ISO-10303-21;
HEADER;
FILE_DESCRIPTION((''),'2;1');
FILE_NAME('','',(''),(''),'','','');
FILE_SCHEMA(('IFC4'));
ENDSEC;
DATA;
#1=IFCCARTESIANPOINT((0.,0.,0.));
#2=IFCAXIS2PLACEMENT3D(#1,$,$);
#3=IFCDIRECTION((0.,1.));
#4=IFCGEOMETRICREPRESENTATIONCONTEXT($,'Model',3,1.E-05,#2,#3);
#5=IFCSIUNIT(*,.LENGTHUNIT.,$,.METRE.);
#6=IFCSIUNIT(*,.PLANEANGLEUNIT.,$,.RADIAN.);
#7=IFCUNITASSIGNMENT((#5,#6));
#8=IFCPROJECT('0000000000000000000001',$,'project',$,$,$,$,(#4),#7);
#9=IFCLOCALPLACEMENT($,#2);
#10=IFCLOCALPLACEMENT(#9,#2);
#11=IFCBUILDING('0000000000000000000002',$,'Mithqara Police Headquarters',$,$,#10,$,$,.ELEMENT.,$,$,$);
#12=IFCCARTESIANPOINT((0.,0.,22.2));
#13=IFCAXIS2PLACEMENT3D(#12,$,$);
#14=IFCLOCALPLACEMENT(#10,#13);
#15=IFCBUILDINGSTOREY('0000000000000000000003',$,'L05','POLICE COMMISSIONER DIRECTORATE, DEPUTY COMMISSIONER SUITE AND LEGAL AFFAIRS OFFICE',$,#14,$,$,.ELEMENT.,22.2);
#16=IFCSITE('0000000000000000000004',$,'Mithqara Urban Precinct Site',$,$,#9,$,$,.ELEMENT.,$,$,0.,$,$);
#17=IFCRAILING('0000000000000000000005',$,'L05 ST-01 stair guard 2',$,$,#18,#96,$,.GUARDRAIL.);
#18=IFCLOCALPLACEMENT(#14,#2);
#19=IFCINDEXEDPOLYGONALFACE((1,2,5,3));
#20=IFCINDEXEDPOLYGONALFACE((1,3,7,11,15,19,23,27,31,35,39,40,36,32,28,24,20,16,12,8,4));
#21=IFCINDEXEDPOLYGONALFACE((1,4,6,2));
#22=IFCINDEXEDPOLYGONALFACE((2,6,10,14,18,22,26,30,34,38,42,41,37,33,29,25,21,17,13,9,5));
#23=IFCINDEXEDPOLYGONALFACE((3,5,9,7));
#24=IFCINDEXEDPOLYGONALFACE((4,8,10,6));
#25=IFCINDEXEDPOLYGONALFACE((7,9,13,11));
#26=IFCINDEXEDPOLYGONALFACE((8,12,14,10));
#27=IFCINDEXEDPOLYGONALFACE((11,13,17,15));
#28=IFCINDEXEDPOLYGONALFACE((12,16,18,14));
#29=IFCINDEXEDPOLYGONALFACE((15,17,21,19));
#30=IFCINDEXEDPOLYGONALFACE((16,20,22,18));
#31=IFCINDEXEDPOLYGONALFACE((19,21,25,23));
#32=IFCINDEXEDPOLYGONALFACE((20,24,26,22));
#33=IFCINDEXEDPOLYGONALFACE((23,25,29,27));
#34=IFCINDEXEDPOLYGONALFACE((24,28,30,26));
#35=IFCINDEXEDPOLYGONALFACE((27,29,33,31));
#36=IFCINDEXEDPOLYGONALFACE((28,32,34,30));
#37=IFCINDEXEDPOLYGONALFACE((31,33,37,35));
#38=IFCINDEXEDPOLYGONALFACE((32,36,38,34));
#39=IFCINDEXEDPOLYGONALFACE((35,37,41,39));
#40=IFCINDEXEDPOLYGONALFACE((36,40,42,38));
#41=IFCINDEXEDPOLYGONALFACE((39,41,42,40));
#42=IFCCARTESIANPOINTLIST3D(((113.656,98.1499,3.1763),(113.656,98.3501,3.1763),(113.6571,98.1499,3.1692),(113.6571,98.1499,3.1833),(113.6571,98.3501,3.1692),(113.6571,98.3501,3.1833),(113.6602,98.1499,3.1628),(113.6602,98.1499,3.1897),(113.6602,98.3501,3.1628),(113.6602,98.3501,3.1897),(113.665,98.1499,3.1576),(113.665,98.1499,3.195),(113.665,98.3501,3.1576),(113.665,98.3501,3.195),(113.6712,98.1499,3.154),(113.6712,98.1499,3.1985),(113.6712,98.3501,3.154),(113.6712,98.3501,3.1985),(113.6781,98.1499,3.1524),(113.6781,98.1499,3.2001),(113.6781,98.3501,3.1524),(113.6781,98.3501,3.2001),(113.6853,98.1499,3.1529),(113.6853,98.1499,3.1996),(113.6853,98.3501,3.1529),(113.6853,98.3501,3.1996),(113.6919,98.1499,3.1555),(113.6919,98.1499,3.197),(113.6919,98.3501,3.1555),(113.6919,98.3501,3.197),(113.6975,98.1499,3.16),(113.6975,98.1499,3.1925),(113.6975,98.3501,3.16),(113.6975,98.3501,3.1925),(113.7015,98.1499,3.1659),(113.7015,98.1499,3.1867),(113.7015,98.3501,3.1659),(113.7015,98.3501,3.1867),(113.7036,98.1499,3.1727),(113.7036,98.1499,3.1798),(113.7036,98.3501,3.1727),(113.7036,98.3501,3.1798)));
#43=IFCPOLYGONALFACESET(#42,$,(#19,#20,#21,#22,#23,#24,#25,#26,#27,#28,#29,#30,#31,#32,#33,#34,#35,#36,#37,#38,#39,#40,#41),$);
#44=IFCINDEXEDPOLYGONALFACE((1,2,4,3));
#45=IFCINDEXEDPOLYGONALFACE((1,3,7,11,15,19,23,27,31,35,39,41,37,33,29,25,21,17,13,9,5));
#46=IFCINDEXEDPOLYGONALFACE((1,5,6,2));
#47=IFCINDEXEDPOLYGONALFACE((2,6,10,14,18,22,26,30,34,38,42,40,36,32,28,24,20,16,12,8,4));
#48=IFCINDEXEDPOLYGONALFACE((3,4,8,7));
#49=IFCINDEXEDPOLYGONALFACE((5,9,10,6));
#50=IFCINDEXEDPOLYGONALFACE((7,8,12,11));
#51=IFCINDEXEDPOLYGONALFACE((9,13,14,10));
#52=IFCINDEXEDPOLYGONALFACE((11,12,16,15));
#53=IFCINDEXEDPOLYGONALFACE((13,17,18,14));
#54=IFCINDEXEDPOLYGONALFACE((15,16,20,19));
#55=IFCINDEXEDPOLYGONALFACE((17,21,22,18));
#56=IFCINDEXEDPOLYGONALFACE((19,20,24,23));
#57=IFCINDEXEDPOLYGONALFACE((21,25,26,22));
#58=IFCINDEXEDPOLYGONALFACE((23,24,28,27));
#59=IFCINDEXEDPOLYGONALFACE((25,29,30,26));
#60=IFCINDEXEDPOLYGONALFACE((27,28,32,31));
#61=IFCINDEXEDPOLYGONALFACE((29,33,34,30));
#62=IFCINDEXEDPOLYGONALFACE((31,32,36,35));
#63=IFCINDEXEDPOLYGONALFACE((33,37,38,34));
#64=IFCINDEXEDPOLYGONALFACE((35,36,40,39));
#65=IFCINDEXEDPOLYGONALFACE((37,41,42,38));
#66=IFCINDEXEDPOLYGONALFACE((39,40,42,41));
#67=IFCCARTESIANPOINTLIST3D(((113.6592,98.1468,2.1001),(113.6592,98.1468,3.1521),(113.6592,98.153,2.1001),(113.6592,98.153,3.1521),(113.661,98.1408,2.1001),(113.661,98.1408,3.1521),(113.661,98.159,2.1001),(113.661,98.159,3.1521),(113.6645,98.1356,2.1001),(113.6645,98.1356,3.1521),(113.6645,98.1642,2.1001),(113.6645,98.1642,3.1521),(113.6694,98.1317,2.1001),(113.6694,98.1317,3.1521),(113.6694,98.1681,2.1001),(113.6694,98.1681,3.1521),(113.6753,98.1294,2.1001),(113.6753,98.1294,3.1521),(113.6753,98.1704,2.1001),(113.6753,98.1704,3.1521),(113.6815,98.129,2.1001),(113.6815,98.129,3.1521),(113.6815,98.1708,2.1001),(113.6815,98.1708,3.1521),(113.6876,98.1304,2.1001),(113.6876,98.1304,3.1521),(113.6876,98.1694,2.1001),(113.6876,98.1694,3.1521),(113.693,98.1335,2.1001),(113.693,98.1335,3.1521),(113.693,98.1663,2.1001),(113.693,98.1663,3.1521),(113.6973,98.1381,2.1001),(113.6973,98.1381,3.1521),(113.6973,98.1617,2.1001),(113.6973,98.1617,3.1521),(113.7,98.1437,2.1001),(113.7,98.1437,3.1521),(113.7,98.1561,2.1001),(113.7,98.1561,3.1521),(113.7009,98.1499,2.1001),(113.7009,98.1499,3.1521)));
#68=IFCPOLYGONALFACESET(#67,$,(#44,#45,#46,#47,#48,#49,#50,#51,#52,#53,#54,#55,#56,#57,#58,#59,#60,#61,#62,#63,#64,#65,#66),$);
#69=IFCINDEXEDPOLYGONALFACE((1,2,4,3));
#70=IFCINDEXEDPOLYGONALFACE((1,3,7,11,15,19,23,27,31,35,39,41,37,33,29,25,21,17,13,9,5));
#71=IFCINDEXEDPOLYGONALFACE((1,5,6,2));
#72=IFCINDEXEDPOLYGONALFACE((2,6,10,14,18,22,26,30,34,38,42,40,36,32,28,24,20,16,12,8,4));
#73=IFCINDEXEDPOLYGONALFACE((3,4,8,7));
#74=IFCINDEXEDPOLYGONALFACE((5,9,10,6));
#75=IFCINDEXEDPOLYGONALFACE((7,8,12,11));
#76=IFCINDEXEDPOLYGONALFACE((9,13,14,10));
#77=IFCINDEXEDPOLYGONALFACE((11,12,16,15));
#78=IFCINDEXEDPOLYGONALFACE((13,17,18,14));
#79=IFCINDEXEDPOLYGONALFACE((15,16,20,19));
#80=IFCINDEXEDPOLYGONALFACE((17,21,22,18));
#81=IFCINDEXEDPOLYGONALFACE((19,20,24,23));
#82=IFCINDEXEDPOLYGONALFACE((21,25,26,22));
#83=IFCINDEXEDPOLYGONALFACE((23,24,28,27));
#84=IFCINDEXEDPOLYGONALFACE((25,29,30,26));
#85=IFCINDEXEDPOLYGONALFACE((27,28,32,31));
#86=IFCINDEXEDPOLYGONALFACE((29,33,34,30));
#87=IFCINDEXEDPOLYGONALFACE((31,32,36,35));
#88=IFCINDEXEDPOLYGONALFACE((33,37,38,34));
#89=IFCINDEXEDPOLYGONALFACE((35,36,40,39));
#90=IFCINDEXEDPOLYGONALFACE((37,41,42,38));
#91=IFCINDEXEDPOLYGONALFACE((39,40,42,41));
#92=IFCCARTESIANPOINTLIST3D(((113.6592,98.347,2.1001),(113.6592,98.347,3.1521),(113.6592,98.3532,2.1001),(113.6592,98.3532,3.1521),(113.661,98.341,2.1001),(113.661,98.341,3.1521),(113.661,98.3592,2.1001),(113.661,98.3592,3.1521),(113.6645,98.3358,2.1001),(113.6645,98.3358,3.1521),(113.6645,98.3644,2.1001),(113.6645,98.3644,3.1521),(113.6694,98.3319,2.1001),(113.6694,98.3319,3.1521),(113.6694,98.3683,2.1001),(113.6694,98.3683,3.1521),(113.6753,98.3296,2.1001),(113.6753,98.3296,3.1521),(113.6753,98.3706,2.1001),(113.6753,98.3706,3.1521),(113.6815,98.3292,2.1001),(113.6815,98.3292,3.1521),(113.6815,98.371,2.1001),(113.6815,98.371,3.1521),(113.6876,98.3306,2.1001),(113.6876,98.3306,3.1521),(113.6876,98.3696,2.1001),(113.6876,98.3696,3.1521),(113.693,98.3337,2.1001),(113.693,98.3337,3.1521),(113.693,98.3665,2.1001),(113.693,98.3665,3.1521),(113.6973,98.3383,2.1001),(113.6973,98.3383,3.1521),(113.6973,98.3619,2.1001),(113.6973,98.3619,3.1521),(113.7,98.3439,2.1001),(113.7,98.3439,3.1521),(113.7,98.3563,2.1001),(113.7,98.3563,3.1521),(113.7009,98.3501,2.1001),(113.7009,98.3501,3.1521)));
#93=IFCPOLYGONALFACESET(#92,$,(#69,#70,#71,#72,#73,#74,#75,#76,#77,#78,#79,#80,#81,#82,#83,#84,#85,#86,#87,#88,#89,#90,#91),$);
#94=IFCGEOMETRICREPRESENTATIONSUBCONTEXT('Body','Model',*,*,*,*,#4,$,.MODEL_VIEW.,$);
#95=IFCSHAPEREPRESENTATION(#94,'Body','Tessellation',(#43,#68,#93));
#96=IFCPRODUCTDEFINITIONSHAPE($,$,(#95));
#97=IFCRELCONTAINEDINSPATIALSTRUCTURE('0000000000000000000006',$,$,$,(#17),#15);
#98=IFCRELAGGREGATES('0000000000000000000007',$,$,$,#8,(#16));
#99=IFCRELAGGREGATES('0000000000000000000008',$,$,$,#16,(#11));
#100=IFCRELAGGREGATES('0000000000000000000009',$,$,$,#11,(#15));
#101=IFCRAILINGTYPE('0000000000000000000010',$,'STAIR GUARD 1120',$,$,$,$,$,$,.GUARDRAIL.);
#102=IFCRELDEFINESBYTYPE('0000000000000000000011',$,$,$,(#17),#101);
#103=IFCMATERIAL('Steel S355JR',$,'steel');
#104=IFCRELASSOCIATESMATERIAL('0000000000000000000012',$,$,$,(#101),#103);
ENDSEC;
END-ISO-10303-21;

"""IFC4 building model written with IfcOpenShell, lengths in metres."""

from ifc_helpers import new_model, si_unit, direction, frame, origin, origin_2d, place, context, subcontext, project, spatial, circle, extrude, material, type_object, element, save


model = new_model("IFC4")

# Units and contexts
model_context = context("Model", 3, precision=1e-05, world=origin(), true_north=direction((0.0, 1.0)))
body_context = subcontext(model_context, "Body", "Model", "MODEL_VIEW")
ifc_project = project(units=[si_unit("LENGTHUNIT", "METRE"), si_unit("PLANEANGLEUNIT", "RADIAN")], contexts=[model_context])

# Site, building, storey
site_placement = place(None, origin())
site = spatial("IfcSite", under=ifc_project, at=site_placement, Name="Mithqara Urban Precinct Site", CompositionType="ELEMENT", RefElevation=0.0)
building_placement = place(site_placement, origin())
building = spatial("IfcBuilding", under=site, at=building_placement, Name="Mithqara Police Headquarters", CompositionType="ELEMENT")
storey_placement = place(building_placement, frame((0.0, 0.0, 22.2)))
storey = spatial("IfcBuildingStorey", under=building, at=storey_placement, Name="L05", Description="POLICE COMMISSIONER DIRECTORATE, DEPUTY COMMISSIONER SUITE AND LEGAL AFFAIRS OFFICE", CompositionType="ELEMENT", Elevation=22.2)

# Shared definitions
ifc_material_1 = material(Name="Steel S355JR", Category="steel")

# Railing
railing_type_1 = type_object("IfcRailingType", Name="STAIR GUARD 1120", PredefinedType="GUARDRAIL", material=ifc_material_1)
railing_1_placement = place(storey_placement, frame((113.6799, 98.1499, 2.1001)))
element("IfcRailing", 1, at=railing_1_placement, inside=storey, type_object=railing_type_1, Name="L05 ST-01 stair guard 2", PredefinedType="GUARDRAIL", context=body_context, shape_type="SweptSolid", body=[
    extrude(circle(Radius=0.0239, at=origin_2d()), frame((0.0, 0.0, 1.0762), z_axis=(0.0, 1.0, 0.0), x_axis=(-1.0, 0.0, 0.0)), (0.0, 0.0, 1.0), 0.2002),
    extrude(circle(Radius=0.021, at=origin_2d()), origin(), (0.0, 0.0, 1.0), 1.052),
    extrude(circle(Radius=0.021, at=origin_2d()), frame((0.0, 0.2002, 0.0)), (0.0, 0.0, 1.0), 1.052),
])

save(model, "model.ifc")
